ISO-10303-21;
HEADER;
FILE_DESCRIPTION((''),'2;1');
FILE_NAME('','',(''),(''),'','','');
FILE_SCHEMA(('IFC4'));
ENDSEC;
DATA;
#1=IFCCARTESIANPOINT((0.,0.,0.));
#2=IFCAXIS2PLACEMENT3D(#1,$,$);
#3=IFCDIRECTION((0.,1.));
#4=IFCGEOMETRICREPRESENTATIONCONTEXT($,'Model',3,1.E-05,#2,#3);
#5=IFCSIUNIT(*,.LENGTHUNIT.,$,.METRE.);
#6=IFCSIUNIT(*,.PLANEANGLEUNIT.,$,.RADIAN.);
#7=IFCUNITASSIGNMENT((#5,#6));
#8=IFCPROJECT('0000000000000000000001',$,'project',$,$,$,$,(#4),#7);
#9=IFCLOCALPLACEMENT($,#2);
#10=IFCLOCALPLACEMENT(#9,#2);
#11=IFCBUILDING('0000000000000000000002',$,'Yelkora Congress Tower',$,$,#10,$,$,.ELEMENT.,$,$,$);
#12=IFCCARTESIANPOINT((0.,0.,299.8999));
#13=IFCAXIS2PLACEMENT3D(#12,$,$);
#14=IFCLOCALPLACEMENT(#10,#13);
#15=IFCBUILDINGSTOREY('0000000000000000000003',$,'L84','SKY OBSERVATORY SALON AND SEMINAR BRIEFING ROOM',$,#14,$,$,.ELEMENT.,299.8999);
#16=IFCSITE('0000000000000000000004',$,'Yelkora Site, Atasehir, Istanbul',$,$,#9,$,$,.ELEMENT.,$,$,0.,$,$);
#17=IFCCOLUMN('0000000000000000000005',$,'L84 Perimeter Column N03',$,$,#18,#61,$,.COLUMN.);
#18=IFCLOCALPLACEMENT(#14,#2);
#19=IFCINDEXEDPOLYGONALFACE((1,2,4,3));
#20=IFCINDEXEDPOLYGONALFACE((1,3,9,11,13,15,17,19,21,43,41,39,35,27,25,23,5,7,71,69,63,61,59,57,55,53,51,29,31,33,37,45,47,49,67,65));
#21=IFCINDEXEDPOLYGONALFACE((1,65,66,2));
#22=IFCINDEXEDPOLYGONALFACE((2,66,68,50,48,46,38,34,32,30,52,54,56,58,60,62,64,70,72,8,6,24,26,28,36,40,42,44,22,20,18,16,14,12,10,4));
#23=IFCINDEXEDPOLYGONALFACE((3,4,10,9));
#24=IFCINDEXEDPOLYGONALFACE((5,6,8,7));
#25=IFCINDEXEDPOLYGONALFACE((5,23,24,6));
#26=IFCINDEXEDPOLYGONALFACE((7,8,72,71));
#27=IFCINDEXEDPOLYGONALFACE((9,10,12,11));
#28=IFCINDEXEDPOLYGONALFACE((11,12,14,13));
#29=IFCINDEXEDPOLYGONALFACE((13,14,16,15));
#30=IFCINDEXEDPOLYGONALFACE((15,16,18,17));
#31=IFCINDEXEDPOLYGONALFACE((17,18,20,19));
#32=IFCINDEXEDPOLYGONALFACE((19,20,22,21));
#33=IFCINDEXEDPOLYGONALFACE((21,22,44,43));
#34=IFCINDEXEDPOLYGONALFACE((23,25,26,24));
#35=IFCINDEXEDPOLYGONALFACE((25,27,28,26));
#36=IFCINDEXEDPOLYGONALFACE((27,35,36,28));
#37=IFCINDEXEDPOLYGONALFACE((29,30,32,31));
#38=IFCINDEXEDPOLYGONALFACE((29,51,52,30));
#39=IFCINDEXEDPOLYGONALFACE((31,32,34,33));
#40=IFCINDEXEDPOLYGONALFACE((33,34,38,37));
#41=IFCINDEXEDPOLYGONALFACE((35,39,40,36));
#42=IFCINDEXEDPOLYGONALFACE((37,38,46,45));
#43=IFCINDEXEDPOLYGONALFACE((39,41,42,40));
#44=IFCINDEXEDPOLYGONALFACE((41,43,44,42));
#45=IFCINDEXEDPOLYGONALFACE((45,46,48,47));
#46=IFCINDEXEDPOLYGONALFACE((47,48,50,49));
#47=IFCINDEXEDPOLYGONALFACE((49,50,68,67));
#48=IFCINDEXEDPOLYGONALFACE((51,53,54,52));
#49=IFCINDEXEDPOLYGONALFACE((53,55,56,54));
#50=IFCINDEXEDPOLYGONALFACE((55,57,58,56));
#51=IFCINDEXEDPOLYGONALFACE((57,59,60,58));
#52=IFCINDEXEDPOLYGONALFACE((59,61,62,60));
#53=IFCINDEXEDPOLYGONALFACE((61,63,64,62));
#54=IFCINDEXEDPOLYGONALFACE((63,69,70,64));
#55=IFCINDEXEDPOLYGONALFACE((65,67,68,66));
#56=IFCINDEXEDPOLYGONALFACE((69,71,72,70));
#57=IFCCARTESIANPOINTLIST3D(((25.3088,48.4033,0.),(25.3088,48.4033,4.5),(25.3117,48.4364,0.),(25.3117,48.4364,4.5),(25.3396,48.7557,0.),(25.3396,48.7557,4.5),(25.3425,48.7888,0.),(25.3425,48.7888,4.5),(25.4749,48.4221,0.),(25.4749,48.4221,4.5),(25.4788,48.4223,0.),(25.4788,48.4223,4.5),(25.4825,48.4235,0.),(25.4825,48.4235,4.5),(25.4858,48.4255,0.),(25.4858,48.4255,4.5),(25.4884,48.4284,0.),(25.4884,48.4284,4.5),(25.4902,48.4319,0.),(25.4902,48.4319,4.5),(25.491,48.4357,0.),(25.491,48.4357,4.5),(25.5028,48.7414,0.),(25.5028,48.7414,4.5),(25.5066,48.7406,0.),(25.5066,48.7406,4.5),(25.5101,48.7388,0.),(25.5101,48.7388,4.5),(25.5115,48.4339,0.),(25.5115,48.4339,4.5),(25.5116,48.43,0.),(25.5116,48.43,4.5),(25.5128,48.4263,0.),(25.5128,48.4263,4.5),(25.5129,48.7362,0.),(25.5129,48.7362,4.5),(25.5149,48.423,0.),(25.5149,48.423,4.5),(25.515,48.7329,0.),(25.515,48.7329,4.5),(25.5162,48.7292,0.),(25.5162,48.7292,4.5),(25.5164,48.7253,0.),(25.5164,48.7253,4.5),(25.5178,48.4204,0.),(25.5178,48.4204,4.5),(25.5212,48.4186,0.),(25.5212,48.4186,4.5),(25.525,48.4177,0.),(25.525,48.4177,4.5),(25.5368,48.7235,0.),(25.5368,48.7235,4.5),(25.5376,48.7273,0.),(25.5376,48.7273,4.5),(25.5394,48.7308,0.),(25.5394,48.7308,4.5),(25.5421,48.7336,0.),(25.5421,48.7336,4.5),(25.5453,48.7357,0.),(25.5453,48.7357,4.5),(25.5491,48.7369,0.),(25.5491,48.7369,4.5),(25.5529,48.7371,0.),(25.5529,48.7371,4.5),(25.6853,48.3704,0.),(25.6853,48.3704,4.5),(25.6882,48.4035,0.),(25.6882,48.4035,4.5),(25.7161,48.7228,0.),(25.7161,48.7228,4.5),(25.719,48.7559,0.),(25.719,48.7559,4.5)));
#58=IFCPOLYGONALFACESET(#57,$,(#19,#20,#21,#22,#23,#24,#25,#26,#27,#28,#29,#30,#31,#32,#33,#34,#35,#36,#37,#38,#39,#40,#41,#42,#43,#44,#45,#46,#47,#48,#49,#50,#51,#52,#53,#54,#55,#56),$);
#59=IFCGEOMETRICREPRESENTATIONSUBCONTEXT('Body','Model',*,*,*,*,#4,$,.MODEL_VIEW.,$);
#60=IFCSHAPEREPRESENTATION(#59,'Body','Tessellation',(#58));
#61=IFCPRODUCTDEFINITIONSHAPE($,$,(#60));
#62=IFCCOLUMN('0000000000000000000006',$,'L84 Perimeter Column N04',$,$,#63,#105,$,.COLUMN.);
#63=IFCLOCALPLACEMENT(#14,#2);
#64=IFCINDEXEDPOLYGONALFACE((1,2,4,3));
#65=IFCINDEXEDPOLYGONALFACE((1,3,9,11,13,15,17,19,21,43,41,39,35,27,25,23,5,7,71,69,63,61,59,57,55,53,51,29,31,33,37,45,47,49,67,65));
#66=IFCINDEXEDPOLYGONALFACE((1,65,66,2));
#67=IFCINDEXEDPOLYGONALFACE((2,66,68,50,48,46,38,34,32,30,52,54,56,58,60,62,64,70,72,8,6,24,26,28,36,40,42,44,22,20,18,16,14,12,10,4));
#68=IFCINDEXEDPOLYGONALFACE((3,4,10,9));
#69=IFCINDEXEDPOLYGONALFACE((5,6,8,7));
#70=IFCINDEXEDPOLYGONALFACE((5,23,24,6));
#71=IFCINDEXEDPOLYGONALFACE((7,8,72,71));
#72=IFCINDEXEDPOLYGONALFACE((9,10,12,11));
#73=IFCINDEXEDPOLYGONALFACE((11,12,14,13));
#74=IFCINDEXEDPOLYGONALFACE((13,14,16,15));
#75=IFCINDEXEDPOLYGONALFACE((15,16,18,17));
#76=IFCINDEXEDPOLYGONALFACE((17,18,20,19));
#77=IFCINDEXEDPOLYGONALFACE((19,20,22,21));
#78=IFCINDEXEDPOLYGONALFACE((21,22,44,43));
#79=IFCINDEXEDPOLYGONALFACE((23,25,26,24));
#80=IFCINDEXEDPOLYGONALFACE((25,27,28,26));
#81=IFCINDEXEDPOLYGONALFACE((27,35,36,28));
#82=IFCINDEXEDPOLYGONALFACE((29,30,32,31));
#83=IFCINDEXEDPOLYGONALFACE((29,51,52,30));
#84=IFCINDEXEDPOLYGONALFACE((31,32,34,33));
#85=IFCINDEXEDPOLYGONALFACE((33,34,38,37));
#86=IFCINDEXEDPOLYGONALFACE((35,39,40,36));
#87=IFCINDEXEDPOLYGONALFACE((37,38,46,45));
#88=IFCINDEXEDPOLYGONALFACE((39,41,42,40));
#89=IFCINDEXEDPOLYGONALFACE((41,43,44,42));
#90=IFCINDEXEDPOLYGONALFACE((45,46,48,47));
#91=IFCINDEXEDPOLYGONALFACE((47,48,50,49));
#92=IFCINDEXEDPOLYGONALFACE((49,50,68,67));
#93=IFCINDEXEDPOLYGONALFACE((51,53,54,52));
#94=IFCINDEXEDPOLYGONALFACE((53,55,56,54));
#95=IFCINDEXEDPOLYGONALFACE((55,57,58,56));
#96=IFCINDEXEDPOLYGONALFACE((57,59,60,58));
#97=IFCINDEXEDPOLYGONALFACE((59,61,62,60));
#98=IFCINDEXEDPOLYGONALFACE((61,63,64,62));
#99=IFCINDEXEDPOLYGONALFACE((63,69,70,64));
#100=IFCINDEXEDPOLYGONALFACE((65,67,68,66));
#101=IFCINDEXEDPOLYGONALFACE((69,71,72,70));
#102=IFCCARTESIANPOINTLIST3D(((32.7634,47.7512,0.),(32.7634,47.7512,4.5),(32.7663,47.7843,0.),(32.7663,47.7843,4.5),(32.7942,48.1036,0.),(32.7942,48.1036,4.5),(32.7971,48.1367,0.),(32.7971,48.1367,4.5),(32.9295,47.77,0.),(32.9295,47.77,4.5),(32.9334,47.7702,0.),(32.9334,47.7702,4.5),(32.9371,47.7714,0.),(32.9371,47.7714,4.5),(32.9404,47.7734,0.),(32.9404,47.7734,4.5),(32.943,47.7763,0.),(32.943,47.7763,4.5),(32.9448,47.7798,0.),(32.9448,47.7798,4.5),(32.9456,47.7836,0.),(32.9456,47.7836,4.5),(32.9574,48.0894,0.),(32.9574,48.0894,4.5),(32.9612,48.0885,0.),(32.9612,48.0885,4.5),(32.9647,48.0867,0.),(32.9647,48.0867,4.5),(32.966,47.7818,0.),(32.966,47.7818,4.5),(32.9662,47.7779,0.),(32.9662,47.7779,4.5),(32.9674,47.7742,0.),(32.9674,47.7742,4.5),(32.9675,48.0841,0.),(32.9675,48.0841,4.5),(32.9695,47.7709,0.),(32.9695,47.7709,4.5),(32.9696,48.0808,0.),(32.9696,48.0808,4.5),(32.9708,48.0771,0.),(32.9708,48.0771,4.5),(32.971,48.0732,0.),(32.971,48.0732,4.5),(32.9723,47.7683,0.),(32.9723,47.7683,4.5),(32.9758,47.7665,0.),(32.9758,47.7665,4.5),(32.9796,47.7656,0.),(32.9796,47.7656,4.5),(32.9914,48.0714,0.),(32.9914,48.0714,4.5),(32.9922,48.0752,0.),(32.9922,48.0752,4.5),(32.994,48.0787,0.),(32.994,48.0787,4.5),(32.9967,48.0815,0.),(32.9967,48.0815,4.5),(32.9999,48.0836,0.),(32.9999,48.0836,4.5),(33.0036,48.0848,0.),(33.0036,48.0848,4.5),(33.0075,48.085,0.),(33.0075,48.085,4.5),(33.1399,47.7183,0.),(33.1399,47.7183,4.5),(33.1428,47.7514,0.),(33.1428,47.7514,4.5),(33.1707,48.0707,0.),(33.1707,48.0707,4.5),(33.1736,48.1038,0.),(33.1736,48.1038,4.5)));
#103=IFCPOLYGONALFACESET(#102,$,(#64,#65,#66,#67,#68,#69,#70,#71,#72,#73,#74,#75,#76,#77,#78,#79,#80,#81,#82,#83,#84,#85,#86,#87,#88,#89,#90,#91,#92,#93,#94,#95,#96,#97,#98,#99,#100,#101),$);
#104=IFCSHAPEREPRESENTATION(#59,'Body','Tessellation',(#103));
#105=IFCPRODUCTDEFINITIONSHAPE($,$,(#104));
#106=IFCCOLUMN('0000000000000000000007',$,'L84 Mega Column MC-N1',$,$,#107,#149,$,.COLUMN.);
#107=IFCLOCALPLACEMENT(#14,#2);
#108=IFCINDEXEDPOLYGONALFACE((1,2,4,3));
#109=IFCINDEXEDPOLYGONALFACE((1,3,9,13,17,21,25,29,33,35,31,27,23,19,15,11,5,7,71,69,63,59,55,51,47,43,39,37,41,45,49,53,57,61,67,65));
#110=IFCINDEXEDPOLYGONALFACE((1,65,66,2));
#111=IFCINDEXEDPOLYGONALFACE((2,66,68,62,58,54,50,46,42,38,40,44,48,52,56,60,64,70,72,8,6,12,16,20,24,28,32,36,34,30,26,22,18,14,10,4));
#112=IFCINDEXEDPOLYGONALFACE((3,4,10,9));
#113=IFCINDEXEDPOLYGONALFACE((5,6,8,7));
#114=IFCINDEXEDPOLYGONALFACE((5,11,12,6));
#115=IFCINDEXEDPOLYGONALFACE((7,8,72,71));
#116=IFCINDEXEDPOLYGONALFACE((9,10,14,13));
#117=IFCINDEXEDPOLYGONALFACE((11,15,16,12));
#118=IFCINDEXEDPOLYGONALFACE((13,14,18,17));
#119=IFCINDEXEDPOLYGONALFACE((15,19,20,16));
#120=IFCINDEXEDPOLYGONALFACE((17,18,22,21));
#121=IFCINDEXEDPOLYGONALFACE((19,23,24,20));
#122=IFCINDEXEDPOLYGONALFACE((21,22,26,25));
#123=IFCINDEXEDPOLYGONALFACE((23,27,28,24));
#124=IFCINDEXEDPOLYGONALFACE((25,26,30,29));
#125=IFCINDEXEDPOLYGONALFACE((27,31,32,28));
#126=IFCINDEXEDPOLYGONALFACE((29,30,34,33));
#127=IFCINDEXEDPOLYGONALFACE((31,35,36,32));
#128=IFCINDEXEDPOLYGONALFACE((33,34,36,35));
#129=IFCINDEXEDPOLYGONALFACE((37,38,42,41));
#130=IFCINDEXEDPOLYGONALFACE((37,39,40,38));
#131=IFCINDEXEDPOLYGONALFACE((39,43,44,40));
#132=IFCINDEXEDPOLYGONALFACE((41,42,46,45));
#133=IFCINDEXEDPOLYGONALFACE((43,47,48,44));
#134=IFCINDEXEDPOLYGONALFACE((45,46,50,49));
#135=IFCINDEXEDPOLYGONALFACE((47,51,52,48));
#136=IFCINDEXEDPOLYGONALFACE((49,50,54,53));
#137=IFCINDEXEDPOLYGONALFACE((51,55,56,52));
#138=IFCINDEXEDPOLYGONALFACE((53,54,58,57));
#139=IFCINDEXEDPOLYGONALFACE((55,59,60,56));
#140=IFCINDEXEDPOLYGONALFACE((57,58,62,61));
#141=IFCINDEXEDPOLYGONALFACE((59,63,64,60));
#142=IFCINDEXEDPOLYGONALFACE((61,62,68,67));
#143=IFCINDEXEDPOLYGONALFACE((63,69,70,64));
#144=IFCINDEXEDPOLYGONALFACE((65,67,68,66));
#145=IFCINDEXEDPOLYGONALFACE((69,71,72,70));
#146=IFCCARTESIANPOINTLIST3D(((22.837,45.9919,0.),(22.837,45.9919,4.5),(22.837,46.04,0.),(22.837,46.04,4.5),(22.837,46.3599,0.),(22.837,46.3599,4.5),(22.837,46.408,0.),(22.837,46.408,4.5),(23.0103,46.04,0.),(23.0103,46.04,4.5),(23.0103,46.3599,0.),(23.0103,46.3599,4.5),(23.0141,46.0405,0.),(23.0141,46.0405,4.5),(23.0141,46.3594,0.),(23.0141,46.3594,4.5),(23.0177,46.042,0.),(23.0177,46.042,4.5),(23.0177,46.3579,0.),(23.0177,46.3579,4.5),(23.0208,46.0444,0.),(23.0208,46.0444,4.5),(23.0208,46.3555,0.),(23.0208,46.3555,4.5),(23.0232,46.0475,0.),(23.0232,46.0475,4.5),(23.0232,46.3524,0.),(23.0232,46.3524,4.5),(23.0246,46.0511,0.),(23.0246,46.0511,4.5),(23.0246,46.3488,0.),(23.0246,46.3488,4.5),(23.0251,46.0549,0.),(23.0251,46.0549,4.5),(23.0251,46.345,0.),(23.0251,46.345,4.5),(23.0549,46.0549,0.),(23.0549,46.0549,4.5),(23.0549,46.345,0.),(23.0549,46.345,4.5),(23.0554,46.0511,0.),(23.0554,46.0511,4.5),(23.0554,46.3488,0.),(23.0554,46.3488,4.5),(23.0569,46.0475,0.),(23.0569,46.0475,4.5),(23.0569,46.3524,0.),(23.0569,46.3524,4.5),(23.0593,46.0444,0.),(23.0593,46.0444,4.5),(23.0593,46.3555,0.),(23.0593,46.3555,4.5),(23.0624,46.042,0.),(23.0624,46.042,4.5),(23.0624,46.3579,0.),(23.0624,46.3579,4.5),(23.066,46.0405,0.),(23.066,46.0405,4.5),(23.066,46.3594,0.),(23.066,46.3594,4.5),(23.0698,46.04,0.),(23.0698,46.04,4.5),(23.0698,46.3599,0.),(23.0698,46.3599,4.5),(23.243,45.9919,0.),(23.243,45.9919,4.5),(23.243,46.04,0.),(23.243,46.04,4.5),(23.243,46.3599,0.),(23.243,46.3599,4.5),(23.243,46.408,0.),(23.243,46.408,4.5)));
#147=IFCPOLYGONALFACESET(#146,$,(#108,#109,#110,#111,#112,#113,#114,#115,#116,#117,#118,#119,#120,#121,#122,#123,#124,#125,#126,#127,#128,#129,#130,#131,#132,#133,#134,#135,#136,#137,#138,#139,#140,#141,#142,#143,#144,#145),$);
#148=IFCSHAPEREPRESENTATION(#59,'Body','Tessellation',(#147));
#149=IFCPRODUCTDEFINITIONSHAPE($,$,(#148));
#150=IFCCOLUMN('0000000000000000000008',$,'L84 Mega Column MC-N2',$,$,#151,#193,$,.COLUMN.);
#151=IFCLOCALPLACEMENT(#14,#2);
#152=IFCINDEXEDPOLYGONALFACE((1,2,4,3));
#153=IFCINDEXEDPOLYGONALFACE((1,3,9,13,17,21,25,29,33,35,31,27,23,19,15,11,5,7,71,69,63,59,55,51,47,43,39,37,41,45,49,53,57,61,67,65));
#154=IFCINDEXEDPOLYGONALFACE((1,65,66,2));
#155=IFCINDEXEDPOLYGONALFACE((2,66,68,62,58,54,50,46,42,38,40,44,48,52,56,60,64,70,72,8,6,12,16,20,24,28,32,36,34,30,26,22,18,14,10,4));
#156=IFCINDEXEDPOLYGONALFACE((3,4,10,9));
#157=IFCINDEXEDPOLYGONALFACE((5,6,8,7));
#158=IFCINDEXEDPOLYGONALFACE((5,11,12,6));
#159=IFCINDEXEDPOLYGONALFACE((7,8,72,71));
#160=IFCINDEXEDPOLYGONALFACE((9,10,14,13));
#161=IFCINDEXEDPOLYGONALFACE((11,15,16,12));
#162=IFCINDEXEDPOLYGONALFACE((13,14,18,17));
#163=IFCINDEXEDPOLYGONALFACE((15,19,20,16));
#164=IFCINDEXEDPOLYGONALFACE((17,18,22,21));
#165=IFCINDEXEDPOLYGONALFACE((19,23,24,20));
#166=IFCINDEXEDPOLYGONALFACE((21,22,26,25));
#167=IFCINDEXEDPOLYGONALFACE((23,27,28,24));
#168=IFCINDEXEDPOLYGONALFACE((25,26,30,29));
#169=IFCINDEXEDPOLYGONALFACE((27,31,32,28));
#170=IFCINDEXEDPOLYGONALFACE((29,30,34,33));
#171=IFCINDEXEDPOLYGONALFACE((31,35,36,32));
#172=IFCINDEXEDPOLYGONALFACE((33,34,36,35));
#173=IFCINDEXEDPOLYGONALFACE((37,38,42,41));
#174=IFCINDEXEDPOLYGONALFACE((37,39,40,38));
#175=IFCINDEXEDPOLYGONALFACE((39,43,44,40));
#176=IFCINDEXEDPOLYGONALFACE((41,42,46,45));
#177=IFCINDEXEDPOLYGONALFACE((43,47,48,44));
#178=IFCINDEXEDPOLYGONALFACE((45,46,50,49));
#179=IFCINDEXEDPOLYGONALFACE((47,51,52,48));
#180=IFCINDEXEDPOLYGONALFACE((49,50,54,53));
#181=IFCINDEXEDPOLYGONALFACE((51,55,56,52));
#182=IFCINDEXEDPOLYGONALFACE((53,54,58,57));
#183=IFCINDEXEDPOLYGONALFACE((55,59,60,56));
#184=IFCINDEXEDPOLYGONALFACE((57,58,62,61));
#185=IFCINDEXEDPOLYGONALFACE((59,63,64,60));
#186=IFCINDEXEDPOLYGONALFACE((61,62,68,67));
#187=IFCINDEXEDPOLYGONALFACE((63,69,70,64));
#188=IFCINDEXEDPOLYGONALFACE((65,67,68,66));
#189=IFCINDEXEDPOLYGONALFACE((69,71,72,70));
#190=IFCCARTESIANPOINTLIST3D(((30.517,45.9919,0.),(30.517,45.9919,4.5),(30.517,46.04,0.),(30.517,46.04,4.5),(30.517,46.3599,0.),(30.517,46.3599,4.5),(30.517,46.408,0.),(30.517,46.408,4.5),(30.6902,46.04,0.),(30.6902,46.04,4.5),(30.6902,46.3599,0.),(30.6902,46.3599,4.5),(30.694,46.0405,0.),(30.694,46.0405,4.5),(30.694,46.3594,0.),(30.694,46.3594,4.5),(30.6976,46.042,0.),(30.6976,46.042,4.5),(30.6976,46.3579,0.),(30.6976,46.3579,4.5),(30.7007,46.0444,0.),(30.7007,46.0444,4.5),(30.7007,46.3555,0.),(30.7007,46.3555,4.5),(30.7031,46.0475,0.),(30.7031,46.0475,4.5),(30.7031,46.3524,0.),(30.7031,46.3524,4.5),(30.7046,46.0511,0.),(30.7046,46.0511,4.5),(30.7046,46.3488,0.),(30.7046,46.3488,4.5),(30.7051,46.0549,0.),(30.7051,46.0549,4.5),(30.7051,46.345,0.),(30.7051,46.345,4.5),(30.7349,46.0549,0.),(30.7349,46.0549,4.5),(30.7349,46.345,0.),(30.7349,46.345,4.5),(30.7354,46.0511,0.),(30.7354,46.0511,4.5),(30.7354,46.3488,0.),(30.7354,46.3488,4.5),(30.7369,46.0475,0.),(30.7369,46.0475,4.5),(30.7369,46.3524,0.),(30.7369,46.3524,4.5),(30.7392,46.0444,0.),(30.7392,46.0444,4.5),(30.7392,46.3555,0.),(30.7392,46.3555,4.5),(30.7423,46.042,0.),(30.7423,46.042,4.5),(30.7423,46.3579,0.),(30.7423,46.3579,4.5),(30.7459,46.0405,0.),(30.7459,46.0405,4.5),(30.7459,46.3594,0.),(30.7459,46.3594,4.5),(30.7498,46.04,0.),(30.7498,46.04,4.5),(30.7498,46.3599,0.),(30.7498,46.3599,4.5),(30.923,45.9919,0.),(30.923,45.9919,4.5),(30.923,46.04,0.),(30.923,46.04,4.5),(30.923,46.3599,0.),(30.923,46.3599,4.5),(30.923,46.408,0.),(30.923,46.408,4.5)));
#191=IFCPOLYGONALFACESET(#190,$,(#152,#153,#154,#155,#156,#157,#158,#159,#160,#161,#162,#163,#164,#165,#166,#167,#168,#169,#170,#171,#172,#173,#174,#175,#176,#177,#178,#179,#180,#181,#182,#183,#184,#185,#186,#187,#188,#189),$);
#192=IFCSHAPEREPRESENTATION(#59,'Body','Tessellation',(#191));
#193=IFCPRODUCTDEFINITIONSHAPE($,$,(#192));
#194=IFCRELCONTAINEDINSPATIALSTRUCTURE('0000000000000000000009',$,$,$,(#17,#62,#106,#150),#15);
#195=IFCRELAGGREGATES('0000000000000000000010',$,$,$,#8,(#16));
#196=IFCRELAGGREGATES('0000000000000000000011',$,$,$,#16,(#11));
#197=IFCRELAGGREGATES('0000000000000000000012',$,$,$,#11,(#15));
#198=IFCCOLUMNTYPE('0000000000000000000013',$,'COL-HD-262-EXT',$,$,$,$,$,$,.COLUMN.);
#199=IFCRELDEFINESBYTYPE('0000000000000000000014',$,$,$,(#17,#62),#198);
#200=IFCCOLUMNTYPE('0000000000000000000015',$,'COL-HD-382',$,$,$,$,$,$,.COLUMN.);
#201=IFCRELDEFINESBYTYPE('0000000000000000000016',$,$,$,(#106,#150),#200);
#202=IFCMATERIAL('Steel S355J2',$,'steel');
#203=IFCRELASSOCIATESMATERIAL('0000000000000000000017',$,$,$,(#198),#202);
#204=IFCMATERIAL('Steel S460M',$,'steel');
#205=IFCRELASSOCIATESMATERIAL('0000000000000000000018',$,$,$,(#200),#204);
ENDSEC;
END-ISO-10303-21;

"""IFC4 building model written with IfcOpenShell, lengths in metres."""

from ifc_helpers import new_model, si_unit, direction, frame, origin, origin_2d, place, context, subcontext, project, spatial, i_section, extrude, material, material_profile, profile_set, type_object, element, save


model = new_model("IFC4")

# Units and contexts
model_context = context("Model", 3, precision=1e-05, world=origin(), true_north=direction((0.0, 1.0)))
body_context = subcontext(model_context, "Body", "Model", "MODEL_VIEW")
ifc_project = project(units=[si_unit("LENGTHUNIT", "METRE"), si_unit("PLANEANGLEUNIT", "RADIAN")], contexts=[model_context])

# Site, building, storey
site_placement = place(None, origin())
site = spatial("IfcSite", under=ifc_project, at=site_placement, Name="Yelkora Site, Atasehir, Istanbul", CompositionType="ELEMENT", RefElevation=0.0)
building_placement = place(site_placement, origin())
building = spatial("IfcBuilding", under=site, at=building_placement, Name="Yelkora Congress Tower", CompositionType="ELEMENT")
storey_placement = place(building_placement, frame((0.0, 0.0, 299.8999)))
storey = spatial("IfcBuildingStorey", under=building, at=storey_placement, Name="L84", Description="SKY OBSERVATORY SALON AND SEMINAR BRIEFING ROOM", CompositionType="ELEMENT", Elevation=299.8999)

# Columns
ifc_material_1 = material(Name="Steel S355J2", Category="steel")
ifc_material_profile_1 = material_profile(ifc_material_1, i_section(OverallWidth=0.3779, OverallDepth=0.387, WebThickness=0.0205, FlangeThickness=0.0332, FilletRadius=0.0149, at=origin_2d()), Name="HD 360x262")
ifc_profile_set_1 = profile_set([ifc_material_profile_1], Name="Steel S355J2")
column_type_1 = type_object("IfcColumnType", Name="COL-HD-262-EXT", PredefinedType="COLUMN", material=ifc_profile_set_1)
for number, where, z_axis, x_axis, name in (
    (1, (25.5139, 48.5796, 0.0), (0.0, 0.0, 1.0), (0.996195, -0.087156, 0.0), "L84 Perimeter Column N03"),
    (2, (32.9685, 47.9275, 0.0), (0.0, 0.0, 1.0), (0.996195, -0.087156, 0.0), "L84 Perimeter Column N04"),
):
    element("IfcColumn", number, at=place(storey_placement, frame(where, z_axis=z_axis, x_axis=x_axis)), inside=storey, type_object=column_type_1, Name=name, PredefinedType="COLUMN", context=body_context, shape_type="SweptSolid", body=[
        extrude(i_section(OverallWidth=0.3779, OverallDepth=0.387, WebThickness=0.0205, FlangeThickness=0.0332, FilletRadius=0.0149, at=origin_2d()), origin(), (0.0, 0.0, 1.0), 4.5),
    ])
ifc_material_2 = material(Name="Steel S460M", Category="steel")
ifc_material_profile_2 = material_profile(ifc_material_2, i_section(OverallWidth=0.406, OverallDepth=0.416, WebThickness=0.0298, FlangeThickness=0.0481, FilletRadius=0.0149, at=origin_2d()), Name="HD 400x382")
ifc_profile_set_2 = profile_set([ifc_material_profile_2], Name="Steel S460M")
column_type_2 = type_object("IfcColumnType", Name="COL-HD-382", PredefinedType="COLUMN", material=ifc_profile_set_2)
for number, where, z_axis, x_axis, name in (
    (3, (23.04, 46.2, 0.0), (0.0, 0.0, 1.0), (1.0, 0.0, 0.0), "L84 Mega Column MC-N1"),
    (4, (30.72, 46.2, 0.0), (0.0, 0.0, 1.0), (1.0, 0.0, 0.0), "L84 Mega Column MC-N2"),
):
    element("IfcColumn", number, at=place(storey_placement, frame(where, z_axis=z_axis, x_axis=x_axis)), inside=storey, type_object=column_type_2, Name=name, PredefinedType="COLUMN", context=body_context, shape_type="SweptSolid", body=[
        extrude(i_section(OverallWidth=0.406, OverallDepth=0.416, WebThickness=0.0298, FlangeThickness=0.0481, FilletRadius=0.0149, at=origin_2d()), origin(), (0.0, 0.0, 1.0), 4.5),
    ])

save(model, "model.ifc")
